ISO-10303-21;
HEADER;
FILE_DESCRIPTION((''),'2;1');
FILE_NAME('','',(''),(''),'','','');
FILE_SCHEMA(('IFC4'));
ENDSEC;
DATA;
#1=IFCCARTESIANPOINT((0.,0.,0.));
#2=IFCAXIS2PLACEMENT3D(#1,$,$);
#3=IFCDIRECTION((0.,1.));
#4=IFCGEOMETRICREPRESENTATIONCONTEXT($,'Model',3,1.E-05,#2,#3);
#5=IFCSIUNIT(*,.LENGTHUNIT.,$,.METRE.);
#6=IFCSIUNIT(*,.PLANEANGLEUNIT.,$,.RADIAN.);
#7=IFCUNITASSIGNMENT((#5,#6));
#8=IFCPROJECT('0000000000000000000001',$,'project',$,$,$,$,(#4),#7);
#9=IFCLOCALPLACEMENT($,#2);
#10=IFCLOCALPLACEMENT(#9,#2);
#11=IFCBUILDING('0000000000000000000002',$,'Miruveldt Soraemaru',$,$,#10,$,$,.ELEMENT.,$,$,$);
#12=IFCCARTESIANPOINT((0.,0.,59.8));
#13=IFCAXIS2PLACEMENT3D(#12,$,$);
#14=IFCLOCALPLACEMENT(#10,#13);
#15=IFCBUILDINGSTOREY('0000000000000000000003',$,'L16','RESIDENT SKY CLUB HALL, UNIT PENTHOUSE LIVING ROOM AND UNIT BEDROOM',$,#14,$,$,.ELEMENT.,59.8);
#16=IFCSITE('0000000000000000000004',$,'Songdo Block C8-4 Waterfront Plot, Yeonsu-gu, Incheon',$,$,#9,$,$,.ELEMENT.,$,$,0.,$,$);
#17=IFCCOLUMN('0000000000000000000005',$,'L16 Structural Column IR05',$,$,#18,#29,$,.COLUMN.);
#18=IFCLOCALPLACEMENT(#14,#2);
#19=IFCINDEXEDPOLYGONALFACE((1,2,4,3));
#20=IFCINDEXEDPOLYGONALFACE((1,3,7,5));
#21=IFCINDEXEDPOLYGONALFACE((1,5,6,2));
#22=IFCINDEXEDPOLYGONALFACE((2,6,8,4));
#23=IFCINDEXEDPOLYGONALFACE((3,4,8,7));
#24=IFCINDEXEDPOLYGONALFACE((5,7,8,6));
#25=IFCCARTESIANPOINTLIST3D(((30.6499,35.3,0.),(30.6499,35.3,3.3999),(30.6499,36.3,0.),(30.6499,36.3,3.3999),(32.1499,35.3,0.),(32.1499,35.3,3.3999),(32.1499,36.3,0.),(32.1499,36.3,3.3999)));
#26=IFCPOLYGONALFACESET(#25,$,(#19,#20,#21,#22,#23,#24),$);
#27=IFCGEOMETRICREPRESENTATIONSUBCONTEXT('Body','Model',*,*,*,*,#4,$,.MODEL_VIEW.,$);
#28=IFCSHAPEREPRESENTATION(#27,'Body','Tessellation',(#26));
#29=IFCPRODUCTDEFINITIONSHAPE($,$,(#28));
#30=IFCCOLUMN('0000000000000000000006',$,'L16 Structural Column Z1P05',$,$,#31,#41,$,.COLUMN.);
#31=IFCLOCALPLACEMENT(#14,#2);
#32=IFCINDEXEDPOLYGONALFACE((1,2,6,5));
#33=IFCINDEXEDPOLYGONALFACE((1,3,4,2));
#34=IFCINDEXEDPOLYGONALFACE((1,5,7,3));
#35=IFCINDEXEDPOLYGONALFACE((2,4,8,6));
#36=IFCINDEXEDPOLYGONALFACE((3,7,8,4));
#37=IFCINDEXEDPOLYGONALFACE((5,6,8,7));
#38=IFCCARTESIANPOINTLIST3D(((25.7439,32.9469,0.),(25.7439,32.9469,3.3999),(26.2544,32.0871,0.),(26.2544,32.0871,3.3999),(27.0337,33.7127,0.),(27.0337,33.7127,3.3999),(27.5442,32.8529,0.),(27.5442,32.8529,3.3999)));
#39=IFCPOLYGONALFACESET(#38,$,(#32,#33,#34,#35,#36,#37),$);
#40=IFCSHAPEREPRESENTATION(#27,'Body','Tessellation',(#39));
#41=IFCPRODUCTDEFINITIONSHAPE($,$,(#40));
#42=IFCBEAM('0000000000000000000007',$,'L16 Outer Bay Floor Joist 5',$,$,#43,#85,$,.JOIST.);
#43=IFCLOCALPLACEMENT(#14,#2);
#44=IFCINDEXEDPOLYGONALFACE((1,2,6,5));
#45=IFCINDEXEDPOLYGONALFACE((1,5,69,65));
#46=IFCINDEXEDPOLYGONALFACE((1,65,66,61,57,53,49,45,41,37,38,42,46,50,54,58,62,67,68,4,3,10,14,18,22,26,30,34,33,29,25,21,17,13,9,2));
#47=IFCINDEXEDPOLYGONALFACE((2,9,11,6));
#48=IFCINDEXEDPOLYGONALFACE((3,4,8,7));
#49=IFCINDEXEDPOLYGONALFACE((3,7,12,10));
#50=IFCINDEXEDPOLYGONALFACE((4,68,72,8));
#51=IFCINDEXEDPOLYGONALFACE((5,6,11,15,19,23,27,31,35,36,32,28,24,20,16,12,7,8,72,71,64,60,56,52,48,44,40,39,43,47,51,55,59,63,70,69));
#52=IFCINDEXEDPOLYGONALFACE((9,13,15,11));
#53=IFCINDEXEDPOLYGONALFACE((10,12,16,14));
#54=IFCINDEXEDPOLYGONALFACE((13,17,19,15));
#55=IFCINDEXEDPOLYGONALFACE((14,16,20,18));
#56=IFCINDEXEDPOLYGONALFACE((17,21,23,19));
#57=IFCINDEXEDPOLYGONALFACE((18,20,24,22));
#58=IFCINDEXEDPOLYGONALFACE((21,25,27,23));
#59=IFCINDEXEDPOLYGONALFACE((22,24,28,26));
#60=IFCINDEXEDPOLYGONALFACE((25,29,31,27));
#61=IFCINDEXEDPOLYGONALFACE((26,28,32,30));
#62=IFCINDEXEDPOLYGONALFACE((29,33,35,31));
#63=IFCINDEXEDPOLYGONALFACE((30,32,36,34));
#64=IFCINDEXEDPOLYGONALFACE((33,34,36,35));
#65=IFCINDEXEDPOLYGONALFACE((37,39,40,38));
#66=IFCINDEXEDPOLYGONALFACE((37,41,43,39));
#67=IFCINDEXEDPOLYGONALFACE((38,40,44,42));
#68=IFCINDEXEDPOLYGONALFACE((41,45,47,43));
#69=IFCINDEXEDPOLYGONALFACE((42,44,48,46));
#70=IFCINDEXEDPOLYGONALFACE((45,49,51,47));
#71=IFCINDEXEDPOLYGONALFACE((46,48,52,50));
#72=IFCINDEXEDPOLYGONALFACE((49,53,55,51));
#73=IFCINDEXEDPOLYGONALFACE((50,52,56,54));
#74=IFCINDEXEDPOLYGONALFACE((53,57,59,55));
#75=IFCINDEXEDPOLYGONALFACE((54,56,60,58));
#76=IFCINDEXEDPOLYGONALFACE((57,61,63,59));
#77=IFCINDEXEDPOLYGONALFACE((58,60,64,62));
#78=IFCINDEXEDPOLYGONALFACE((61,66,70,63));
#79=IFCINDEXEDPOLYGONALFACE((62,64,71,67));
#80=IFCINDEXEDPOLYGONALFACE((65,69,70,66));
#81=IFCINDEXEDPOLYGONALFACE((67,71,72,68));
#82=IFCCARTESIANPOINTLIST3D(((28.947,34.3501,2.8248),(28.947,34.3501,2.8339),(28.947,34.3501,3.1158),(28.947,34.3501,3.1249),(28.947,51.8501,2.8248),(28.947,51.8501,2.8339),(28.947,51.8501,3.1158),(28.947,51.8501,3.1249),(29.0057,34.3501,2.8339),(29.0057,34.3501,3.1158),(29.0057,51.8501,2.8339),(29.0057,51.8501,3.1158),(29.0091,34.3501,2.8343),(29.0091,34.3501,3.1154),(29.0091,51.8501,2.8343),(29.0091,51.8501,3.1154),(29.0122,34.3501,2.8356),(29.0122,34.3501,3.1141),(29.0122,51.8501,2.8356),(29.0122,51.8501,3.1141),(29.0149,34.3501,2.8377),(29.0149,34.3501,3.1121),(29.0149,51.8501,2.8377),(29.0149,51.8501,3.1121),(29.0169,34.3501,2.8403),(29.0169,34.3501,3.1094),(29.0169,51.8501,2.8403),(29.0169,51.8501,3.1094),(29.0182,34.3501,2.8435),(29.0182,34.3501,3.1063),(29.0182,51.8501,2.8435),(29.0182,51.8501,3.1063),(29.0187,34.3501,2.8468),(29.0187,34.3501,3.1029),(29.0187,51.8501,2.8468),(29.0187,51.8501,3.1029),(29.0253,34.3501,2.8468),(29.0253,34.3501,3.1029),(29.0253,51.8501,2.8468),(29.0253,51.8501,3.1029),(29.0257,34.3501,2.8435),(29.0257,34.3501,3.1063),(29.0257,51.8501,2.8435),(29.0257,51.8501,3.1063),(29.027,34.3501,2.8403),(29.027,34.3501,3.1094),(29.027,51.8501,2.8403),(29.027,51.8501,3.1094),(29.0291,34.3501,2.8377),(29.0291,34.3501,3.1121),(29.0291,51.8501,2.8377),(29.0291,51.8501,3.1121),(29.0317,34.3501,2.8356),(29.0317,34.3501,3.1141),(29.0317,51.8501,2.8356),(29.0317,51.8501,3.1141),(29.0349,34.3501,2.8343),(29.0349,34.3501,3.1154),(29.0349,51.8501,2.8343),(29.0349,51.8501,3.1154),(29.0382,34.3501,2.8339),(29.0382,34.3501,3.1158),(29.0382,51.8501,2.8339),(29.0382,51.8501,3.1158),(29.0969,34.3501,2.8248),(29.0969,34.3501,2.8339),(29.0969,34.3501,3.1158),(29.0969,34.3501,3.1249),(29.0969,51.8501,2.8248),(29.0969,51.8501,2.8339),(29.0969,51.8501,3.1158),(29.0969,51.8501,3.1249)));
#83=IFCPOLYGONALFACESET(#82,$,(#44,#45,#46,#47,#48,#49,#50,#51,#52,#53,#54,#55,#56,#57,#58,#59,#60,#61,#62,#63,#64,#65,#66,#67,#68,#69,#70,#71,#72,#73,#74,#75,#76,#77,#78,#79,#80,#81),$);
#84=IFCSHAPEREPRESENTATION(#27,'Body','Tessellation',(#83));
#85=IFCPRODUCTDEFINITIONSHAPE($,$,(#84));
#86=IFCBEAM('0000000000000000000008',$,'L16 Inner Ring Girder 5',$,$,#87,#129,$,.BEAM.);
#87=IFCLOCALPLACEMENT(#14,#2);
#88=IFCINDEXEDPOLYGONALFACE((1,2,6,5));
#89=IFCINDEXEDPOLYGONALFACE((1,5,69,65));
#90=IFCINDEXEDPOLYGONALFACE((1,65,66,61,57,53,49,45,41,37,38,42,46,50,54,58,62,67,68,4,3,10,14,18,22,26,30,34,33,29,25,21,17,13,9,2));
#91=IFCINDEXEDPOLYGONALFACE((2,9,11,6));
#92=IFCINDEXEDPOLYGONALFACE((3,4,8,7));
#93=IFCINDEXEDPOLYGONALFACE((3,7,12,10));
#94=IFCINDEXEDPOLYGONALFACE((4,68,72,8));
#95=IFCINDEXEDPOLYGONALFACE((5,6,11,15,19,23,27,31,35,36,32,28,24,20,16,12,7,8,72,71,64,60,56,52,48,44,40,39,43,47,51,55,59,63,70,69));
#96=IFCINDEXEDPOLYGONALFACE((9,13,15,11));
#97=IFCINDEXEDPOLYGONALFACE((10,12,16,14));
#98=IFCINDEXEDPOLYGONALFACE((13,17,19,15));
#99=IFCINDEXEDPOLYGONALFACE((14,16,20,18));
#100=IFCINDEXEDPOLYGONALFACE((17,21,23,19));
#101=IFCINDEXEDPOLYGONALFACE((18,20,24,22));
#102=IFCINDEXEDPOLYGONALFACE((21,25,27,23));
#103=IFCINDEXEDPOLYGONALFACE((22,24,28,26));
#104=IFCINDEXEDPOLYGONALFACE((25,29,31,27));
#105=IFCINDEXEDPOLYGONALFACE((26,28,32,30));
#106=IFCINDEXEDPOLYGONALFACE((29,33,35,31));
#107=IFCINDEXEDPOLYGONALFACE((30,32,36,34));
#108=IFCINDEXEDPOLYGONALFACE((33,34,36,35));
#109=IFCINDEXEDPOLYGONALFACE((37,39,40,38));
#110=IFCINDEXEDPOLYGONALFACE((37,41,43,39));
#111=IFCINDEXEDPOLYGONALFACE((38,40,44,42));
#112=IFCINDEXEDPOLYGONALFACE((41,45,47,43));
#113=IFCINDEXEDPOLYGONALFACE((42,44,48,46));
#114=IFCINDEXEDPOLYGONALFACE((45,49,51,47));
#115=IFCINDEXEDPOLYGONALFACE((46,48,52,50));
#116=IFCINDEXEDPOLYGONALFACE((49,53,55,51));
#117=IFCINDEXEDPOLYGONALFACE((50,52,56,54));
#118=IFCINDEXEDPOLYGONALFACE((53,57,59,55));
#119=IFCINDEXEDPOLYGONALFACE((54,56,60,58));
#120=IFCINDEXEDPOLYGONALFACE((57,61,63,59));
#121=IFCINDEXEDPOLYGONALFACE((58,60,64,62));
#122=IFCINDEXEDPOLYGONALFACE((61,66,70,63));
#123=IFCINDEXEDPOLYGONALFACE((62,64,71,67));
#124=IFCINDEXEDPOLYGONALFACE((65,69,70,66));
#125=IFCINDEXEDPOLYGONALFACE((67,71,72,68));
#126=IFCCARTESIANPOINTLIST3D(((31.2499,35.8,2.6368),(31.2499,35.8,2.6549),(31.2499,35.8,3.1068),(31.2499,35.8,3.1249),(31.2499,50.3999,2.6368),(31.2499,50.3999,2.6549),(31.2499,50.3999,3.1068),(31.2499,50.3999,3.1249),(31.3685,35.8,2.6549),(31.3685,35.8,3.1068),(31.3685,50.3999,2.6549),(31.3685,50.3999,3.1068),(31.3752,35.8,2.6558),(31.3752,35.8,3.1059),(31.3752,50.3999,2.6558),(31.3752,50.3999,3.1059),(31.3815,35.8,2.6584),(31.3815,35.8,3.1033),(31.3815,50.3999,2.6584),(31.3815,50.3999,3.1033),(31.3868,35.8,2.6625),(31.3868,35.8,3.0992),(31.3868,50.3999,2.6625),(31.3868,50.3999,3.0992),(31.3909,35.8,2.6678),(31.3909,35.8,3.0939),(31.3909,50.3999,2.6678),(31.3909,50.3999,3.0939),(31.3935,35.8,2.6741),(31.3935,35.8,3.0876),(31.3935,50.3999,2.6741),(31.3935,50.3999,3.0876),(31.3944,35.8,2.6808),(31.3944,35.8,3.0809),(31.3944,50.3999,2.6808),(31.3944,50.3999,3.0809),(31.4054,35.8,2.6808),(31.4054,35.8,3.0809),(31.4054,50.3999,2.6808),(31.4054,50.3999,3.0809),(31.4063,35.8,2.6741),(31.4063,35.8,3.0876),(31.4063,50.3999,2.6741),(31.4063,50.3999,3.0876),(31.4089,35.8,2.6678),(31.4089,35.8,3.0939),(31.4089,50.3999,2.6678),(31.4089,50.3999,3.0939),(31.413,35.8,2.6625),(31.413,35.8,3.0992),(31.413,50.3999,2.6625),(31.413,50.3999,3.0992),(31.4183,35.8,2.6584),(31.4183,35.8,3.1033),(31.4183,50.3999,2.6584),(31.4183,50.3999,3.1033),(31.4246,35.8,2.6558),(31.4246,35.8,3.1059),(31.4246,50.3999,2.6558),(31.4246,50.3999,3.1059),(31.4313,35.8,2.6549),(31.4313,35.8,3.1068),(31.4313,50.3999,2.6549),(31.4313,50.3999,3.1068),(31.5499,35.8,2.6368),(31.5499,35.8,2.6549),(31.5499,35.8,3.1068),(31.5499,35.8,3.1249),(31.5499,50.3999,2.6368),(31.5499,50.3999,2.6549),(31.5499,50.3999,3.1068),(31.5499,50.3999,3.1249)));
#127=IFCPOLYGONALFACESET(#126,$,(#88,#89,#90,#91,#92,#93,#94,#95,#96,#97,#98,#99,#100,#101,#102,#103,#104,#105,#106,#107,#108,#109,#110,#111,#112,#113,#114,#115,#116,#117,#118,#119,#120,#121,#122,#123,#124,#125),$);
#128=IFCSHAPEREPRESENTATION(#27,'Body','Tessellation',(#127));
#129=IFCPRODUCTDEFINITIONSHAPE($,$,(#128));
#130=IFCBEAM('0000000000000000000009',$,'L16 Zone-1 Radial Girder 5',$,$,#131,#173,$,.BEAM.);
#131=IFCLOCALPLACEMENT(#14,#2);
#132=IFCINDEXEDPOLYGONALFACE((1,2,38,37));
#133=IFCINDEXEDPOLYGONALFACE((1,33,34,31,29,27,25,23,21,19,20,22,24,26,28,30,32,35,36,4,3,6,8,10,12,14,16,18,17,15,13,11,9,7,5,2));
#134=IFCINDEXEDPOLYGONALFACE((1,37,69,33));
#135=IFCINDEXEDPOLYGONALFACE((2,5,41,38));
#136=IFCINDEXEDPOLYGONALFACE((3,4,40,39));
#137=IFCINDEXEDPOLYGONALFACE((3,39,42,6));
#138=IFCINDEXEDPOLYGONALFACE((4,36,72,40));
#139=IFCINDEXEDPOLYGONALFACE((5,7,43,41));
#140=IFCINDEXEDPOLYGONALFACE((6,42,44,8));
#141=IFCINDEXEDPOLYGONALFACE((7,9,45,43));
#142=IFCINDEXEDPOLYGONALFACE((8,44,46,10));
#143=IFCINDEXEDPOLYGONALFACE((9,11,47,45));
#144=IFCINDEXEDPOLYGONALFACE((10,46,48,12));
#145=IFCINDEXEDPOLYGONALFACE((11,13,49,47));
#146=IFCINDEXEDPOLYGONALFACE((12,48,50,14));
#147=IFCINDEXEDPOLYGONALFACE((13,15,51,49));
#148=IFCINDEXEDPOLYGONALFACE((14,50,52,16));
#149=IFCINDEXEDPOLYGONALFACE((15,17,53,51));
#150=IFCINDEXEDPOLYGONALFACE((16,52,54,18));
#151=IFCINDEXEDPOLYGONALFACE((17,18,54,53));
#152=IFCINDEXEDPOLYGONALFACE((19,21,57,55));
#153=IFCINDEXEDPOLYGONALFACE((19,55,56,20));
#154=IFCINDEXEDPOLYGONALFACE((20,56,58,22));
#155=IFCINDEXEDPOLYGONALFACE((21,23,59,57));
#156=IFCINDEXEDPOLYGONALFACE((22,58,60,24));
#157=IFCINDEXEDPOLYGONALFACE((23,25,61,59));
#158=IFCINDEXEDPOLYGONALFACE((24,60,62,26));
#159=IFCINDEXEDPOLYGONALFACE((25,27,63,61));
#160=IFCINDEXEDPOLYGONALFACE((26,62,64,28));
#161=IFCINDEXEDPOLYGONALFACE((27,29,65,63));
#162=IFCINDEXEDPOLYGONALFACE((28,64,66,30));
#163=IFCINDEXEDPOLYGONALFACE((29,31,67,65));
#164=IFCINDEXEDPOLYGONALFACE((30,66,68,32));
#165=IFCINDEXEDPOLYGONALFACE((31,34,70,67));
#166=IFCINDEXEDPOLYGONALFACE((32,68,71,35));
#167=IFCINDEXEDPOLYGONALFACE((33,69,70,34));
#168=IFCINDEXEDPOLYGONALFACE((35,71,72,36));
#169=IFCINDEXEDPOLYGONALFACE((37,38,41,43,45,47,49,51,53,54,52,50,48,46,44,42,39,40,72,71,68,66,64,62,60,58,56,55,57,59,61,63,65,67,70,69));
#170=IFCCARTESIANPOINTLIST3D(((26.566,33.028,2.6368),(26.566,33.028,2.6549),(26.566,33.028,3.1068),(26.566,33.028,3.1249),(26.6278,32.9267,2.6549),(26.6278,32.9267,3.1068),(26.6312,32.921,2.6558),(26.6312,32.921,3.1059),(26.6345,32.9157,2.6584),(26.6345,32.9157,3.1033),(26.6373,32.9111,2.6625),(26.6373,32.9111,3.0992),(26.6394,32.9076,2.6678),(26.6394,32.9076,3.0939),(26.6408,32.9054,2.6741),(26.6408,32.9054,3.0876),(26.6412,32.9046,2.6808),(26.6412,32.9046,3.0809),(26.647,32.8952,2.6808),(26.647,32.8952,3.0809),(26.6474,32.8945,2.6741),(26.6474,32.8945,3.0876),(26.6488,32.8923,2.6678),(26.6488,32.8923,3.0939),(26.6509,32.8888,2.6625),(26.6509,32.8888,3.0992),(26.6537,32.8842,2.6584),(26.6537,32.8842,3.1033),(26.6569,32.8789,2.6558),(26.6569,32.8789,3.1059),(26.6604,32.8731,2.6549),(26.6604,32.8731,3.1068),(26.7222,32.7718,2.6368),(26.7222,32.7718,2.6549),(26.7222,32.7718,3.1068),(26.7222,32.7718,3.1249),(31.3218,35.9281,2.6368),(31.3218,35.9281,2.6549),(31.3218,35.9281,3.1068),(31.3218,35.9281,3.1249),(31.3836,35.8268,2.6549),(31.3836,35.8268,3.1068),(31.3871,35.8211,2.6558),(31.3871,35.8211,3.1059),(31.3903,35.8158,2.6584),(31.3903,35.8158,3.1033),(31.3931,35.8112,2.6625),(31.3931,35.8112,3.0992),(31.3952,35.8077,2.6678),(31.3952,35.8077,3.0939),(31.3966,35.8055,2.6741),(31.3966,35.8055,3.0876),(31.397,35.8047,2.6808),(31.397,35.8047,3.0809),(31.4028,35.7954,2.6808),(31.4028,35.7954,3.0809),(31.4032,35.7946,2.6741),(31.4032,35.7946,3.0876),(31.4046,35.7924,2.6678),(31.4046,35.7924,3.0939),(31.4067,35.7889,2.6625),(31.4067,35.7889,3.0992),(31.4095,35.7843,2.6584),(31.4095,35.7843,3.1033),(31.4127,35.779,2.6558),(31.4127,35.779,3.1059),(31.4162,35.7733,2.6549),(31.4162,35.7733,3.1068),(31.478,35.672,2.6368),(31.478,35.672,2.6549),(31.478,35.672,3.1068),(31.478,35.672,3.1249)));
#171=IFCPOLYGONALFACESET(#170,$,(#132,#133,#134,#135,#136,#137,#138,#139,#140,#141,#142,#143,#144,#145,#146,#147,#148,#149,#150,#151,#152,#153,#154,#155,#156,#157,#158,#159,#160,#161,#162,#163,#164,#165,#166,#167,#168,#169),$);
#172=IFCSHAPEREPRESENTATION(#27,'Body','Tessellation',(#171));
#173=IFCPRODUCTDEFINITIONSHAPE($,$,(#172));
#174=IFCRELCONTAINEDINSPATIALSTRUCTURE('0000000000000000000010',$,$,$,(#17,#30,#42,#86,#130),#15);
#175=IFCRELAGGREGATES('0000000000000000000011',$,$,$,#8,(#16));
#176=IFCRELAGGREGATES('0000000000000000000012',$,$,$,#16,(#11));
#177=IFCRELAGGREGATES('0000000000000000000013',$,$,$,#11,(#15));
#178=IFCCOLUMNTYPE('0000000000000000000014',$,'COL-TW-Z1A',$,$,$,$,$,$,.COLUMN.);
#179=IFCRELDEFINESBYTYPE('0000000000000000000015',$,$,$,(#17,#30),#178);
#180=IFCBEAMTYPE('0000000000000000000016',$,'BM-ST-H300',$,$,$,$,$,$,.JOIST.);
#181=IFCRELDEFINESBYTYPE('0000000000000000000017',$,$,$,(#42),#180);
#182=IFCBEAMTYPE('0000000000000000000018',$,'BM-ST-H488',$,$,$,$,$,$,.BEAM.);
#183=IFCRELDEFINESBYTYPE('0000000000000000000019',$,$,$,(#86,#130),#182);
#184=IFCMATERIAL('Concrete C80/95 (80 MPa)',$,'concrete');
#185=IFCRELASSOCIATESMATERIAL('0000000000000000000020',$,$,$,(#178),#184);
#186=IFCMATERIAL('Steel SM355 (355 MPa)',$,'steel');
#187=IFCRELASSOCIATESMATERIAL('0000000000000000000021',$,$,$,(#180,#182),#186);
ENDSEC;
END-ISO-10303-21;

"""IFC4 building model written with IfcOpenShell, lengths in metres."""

from ifc_helpers import new_model, si_unit, direction, frame, origin, origin_2d, place, context, subcontext, project, spatial, rectangle, i_section, extrude, material, material_profile, profile_set, type_object, element, save


model = new_model("IFC4")

# Units and contexts
model_context = context("Model", 3, precision=1e-05, world=origin(), true_north=direction((0.0, 1.0)))
body_context = subcontext(model_context, "Body", "Model", "MODEL_VIEW")
ifc_project = project(units=[si_unit("LENGTHUNIT", "METRE"), si_unit("PLANEANGLEUNIT", "RADIAN")], contexts=[model_context])

# Site, building, storey
site_placement = place(None, origin())
site = spatial("IfcSite", under=ifc_project, at=site_placement, Name="Songdo Block C8-4 Waterfront Plot, Yeonsu-gu, Incheon", CompositionType="ELEMENT", RefElevation=0.0)
building_placement = place(site_placement, origin())
building = spatial("IfcBuilding", under=site, at=building_placement, Name="Miruveldt Soraemaru", CompositionType="ELEMENT")
storey_placement = place(building_placement, frame((0.0, 0.0, 59.8)))
storey = spatial("IfcBuildingStorey", under=building, at=storey_placement, Name="L16", Description="RESIDENT SKY CLUB HALL, UNIT PENTHOUSE LIVING ROOM AND UNIT BEDROOM", CompositionType="ELEMENT", Elevation=59.8)

# Columns
ifc_material_1 = material(Name="Concrete C80/95 (80 MPa)", Category="concrete")
ifc_material_profile_1 = material_profile(ifc_material_1, rectangle(XDim=1.5, YDim=1.0, at=origin_2d()), Name="Concrete C80/95 (80 MPa)", Category="concrete")
ifc_profile_set_1 = profile_set([ifc_material_profile_1], Name="Concrete C80/95 (80 MPa)")
column_type = type_object("IfcColumnType", Name="COL-TW-Z1A", PredefinedType="COLUMN", material=ifc_profile_set_1)
for number, where, z_axis, x_axis, name in (
    (1, (31.3999, 35.8, 0.0), (0.0, 0.0, 1.0), (1.0, 0.0, 0.0), "L16 Structural Column IR05"),
    (2, (26.644, 32.8999, 0.0), (0.0, 0.0, 1.0), (0.859852, 0.510543, 0.0), "L16 Structural Column Z1P05"),
):
    element("IfcColumn", number, at=place(storey_placement, frame(where, z_axis=z_axis, x_axis=x_axis)), inside=storey, type_object=column_type, Name=name, PredefinedType="COLUMN", context=body_context, shape_type="SweptSolid", body=[
        extrude(rectangle(XDim=1.5, YDim=1.0, at=origin_2d()), origin(), (0.0, 0.0, 1.0), 3.3999),
    ])

# Beams
ifc_material_2 = material(Name="Steel SM355 (355 MPa)", Category="steel")
ifc_material_profile_2 = material_profile(ifc_material_2, i_section(OverallWidth=0.1499, OverallDepth=0.3, WebThickness=0.0066, FlangeThickness=0.009, FilletRadius=0.0129, at=origin_2d()), Name="Steel SM355 (355 MPa)", Category="steel")
ifc_profile_set_2 = profile_set([ifc_material_profile_2], Name="Steel SM355 (355 MPa)")
beam_type_1 = type_object("IfcBeamType", Name="BM-ST-H300", PredefinedType="JOIST", material=ifc_profile_set_2)
beam_1_placement = place(storey_placement, frame((29.022, 34.3501, 2.9749), z_axis=(0.0, 1.0, 0.0), x_axis=(-1.0, 0.0, 0.0)))
element("IfcBeam", 3, at=beam_1_placement, inside=storey, type_object=beam_type_1, Name="L16 Outer Bay Floor Joist 5", PredefinedType="JOIST", context=body_context, shape_type="SweptSolid", body=[
    extrude(i_section(OverallWidth=0.1499, OverallDepth=0.3, WebThickness=0.0066, FlangeThickness=0.009, FilletRadius=0.0129, at=origin_2d()), origin(), (0.0, 0.0, 1.0), 17.5),
])
ifc_material_profile_3 = material_profile(ifc_material_2, i_section(OverallWidth=0.3, OverallDepth=0.488, WebThickness=0.011, FlangeThickness=0.0181, FilletRadius=0.0259, at=origin_2d()), Name="Steel SM355 (355 MPa)", Category="steel")
ifc_profile_set_3 = profile_set([ifc_material_profile_3], Name="Steel SM355 (355 MPa)")
beam_type_2 = type_object("IfcBeamType", Name="BM-ST-H488", PredefinedType="BEAM", material=ifc_profile_set_3)
beam_2_placement = place(storey_placement, frame((31.3999, 35.8, 2.8809), z_axis=(0.0, 1.0, 0.0), x_axis=(-1.0, 0.0, 0.0)))
element("IfcBeam", 4, at=beam_2_placement, inside=storey, type_object=beam_type_2, Name="L16 Inner Ring Girder 5", PredefinedType="BEAM", context=body_context, shape_type="SweptSolid", body=[
    extrude(i_section(OverallWidth=0.3, OverallDepth=0.488, WebThickness=0.011, FlangeThickness=0.0181, FilletRadius=0.0259, at=origin_2d()), origin(), (0.0, 0.0, 1.0), 14.5999),
])
beam_3_placement = place(storey_placement, frame((31.3999, 35.8, 2.8809), z_axis=(-0.853778, -0.520638, 0.0), x_axis=(0.520638, -0.853778, 0.0)))
element("IfcBeam", 5, at=beam_3_placement, inside=storey, type_object=beam_type_2, Name="L16 Zone-1 Radial Girder 5", PredefinedType="BEAM", context=body_context, shape_type="SweptSolid", body=[
    extrude(i_section(OverallWidth=0.3, OverallDepth=0.488, WebThickness=0.011, FlangeThickness=0.0181, FilletRadius=0.0259, at=origin_2d()), origin(), (0.0, 0.0, 1.0), 5.5703),
])

save(model, "model.ifc")
